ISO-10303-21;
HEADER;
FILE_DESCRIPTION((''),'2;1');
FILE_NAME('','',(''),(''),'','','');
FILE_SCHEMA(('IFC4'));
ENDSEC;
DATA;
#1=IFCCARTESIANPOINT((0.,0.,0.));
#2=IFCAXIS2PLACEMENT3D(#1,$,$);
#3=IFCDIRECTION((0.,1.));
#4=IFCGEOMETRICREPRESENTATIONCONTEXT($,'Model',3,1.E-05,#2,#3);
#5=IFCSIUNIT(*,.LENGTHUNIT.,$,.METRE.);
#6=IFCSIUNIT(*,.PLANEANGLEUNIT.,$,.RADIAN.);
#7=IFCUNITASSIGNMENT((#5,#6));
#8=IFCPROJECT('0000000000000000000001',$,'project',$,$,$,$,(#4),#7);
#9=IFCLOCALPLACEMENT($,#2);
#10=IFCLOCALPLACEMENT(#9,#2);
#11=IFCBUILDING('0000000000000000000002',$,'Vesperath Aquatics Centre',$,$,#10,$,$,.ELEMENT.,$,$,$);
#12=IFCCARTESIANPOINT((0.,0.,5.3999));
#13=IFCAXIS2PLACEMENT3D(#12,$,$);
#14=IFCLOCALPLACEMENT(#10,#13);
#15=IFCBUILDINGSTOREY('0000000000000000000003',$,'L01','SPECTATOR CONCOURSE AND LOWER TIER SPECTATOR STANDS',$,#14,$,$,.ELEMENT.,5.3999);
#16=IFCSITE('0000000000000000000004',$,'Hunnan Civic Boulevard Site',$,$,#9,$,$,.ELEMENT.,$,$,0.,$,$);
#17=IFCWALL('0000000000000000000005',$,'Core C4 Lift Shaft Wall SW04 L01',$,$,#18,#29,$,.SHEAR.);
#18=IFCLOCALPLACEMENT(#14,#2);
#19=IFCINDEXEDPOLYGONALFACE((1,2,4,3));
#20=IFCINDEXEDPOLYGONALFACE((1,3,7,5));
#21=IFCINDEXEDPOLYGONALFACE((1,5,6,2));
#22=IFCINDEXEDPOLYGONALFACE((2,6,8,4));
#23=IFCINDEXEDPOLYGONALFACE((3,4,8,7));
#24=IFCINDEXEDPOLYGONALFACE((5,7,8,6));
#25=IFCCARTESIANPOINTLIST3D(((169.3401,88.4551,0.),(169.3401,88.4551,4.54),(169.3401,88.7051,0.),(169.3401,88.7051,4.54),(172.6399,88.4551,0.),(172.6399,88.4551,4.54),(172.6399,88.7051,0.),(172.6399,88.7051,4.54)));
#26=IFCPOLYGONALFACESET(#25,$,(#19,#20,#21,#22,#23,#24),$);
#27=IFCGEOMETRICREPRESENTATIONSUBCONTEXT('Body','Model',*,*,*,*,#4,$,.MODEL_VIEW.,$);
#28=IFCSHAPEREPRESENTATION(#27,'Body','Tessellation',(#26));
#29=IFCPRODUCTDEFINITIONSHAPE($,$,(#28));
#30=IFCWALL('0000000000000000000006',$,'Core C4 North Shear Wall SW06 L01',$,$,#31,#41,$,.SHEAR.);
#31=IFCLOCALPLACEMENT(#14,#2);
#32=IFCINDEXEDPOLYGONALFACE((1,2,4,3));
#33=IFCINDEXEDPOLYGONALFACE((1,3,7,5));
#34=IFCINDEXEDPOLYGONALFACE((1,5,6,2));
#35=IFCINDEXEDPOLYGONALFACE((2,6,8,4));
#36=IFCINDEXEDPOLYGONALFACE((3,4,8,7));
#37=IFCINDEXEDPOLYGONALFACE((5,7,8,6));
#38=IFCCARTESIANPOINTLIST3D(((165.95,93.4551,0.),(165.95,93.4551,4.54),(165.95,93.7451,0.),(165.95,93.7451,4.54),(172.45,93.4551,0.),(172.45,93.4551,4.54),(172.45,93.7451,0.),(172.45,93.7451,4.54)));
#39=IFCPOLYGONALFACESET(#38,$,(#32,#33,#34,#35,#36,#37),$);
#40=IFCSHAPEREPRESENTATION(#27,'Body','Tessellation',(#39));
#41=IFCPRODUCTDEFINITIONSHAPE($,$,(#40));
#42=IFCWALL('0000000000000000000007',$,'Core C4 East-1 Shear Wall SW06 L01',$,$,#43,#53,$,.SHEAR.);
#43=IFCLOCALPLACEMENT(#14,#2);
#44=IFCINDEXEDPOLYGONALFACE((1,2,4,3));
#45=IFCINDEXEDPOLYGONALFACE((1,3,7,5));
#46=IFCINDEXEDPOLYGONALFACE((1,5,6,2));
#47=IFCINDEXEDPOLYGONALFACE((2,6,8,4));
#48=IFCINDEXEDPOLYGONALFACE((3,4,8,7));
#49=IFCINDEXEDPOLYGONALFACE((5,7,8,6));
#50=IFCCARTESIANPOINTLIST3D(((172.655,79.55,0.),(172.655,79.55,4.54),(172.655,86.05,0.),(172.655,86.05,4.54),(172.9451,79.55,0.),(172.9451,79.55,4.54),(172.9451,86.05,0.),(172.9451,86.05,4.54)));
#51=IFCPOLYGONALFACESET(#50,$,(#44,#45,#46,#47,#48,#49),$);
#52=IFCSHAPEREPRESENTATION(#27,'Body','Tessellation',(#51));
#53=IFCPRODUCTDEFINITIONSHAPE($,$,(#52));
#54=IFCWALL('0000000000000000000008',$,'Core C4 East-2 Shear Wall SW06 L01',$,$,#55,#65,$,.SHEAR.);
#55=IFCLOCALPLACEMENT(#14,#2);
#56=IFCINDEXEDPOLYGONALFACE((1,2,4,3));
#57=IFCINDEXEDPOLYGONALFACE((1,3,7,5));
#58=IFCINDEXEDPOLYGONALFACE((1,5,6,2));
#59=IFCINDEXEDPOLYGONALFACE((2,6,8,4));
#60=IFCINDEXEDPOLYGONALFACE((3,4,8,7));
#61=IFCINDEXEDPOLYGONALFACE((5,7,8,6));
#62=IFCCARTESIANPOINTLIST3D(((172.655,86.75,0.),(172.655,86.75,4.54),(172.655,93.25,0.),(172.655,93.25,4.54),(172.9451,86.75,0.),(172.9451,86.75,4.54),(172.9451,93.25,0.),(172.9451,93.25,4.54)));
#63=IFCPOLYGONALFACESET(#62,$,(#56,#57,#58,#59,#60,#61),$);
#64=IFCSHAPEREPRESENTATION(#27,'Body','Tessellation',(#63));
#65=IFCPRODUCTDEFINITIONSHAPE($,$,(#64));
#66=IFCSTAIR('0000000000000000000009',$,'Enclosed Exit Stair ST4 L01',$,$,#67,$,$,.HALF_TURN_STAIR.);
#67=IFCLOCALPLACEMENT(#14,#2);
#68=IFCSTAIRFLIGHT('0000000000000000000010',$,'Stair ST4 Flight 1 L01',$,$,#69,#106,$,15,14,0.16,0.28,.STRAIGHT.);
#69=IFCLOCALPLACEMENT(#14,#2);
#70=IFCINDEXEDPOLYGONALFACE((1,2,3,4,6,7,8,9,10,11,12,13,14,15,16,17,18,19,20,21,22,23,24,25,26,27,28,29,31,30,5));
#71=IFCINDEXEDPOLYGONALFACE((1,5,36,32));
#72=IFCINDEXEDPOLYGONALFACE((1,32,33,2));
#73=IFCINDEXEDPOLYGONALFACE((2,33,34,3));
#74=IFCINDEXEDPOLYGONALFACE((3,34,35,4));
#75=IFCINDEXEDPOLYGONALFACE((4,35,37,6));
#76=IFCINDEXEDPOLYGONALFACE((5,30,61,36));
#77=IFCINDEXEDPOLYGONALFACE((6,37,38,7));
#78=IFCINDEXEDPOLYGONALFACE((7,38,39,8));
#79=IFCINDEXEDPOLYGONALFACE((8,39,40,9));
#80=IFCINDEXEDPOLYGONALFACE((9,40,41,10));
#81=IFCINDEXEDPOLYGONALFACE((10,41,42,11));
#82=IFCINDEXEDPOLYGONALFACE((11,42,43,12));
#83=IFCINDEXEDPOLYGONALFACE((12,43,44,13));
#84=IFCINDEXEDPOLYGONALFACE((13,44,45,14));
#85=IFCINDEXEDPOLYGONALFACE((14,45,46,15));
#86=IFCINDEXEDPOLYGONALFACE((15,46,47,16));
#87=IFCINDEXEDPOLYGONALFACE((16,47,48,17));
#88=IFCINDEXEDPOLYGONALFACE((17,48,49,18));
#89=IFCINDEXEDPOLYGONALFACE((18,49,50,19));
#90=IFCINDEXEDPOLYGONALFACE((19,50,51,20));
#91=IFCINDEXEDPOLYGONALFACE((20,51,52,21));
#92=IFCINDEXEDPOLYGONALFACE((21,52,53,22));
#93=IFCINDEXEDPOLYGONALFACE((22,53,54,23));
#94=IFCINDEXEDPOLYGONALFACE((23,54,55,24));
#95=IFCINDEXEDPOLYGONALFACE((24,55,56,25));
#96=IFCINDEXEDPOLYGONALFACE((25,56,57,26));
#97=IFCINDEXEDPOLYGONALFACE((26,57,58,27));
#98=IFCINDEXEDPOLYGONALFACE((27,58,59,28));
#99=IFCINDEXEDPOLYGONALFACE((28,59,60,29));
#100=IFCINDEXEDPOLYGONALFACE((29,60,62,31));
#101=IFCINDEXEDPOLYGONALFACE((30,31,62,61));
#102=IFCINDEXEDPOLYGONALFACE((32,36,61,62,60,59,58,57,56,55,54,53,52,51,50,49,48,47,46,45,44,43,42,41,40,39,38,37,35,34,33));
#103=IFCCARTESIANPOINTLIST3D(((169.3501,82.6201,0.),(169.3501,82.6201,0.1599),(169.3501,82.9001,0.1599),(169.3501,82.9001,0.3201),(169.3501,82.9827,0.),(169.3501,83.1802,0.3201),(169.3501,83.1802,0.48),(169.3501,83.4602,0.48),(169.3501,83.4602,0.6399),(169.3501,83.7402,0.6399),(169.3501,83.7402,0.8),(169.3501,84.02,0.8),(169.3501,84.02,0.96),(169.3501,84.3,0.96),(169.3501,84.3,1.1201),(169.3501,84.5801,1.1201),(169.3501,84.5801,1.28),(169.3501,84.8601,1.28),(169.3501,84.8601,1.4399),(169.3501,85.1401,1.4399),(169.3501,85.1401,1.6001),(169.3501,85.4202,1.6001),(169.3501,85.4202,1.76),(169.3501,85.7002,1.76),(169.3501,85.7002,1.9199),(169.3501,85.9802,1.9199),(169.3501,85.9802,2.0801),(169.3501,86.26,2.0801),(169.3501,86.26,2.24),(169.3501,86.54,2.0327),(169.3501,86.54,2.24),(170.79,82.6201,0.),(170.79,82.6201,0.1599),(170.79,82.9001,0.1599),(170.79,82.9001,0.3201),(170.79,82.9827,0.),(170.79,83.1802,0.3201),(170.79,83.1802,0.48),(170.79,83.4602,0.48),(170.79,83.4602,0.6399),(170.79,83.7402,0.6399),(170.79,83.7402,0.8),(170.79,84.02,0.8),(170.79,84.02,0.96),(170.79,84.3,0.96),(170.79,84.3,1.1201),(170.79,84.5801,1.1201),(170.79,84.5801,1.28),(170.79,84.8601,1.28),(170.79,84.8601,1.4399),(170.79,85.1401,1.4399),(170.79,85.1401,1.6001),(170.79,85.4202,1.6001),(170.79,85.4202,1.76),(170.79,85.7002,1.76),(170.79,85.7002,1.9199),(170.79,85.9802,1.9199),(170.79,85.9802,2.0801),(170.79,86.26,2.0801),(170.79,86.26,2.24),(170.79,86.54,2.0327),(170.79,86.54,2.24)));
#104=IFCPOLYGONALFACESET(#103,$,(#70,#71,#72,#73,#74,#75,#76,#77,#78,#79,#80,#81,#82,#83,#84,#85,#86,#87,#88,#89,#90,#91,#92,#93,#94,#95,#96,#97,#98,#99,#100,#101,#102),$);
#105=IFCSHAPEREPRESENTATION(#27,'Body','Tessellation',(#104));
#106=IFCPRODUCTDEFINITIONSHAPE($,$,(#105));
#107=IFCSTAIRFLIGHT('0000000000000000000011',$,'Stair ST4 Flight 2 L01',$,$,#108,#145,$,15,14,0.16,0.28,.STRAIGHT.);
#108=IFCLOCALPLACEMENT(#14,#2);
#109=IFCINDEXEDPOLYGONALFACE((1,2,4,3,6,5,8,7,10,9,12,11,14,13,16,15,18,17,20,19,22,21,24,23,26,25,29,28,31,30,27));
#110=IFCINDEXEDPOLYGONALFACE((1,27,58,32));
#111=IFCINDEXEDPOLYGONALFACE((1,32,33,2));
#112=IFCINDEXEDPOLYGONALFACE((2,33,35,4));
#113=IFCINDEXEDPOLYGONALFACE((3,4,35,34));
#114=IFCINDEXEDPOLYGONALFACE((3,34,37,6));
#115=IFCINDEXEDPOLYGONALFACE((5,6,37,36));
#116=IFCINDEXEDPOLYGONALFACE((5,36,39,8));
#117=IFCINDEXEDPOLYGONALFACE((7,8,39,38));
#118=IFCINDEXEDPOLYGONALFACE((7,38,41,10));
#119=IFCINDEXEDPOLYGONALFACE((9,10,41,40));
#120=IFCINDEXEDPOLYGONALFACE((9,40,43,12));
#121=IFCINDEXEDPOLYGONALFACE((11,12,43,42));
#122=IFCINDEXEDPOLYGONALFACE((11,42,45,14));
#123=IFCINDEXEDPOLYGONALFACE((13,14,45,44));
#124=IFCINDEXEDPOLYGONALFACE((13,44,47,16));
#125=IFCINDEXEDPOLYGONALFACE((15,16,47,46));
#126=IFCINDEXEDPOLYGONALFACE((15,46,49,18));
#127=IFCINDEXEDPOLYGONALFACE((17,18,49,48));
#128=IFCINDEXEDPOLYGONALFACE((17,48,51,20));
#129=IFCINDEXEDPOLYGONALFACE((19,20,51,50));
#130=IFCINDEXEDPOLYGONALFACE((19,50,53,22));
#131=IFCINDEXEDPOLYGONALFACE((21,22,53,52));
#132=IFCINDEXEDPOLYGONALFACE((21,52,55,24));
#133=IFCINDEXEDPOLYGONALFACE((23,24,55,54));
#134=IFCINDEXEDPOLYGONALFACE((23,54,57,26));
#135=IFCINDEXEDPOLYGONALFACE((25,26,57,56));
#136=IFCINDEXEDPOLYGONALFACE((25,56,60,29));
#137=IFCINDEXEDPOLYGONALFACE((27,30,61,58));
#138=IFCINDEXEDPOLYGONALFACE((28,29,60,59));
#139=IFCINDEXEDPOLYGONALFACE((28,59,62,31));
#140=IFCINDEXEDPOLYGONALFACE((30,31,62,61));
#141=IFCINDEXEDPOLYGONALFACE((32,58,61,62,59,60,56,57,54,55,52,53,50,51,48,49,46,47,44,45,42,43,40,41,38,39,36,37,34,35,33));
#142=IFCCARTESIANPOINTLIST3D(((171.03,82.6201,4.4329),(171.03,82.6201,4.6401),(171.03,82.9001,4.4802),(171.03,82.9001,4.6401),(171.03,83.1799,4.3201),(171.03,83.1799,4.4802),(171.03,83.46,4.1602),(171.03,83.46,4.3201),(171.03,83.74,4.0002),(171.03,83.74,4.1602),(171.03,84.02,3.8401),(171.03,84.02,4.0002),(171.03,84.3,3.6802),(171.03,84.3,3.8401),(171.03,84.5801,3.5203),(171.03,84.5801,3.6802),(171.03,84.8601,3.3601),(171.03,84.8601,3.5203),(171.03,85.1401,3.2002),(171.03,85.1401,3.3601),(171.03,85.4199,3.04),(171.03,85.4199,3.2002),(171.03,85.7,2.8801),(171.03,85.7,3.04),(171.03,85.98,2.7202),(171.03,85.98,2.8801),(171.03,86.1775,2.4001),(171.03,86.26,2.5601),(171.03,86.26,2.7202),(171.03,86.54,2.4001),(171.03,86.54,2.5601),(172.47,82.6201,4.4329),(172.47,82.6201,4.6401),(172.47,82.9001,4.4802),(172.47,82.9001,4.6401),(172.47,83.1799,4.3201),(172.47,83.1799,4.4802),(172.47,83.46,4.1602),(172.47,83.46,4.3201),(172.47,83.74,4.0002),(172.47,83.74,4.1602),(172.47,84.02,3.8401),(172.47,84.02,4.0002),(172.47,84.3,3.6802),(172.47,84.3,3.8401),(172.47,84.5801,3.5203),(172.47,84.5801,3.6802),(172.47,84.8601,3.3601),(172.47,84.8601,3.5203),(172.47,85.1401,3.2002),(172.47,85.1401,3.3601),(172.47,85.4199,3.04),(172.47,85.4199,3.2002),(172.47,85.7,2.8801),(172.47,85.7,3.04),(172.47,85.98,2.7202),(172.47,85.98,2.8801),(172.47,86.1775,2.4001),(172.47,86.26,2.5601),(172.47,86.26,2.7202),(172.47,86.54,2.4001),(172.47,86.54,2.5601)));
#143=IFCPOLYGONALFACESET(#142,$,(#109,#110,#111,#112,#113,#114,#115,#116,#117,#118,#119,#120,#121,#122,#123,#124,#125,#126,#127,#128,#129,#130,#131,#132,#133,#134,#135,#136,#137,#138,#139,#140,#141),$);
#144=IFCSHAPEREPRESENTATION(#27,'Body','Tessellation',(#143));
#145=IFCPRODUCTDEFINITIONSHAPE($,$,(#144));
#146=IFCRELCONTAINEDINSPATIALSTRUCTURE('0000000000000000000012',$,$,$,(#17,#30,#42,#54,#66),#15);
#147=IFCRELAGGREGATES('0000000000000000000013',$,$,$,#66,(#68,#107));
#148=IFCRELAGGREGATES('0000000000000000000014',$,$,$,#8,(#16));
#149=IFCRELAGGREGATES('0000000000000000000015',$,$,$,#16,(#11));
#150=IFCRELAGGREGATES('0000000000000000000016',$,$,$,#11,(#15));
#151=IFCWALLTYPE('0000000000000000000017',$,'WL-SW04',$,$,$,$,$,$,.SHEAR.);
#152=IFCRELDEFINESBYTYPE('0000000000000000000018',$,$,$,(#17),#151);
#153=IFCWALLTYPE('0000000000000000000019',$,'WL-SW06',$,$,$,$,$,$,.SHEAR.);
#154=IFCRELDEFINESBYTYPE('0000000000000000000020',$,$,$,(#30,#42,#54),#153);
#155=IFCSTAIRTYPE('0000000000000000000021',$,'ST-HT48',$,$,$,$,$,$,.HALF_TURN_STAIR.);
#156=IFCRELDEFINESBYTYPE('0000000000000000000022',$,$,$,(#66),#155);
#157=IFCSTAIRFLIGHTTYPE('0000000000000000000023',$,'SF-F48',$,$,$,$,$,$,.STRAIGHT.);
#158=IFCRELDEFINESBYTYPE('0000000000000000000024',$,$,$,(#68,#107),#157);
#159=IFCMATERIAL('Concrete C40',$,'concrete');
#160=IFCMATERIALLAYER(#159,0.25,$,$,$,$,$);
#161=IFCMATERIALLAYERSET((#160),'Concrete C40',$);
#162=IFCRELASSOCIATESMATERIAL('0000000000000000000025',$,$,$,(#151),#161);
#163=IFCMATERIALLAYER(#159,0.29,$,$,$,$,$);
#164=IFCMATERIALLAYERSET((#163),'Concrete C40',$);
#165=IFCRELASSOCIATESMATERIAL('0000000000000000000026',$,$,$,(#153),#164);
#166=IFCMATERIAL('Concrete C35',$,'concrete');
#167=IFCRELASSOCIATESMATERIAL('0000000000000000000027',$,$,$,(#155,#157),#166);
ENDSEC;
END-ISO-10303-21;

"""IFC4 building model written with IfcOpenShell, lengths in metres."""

from ifc_helpers import new_model, si_unit, direction, frame, frame_2d, origin, place, context, subcontext, project, spatial, polyline, rectangle, outline, extrude, material, layer, layer_set, type_object, element, aggregate, save


model = new_model("IFC4")

# Units and contexts
model_context = context("Model", 3, precision=1e-05, world=origin(), true_north=direction((0.0, 1.0)))
body_context = subcontext(model_context, "Body", "Model", "MODEL_VIEW")
ifc_project = project(units=[si_unit("LENGTHUNIT", "METRE"), si_unit("PLANEANGLEUNIT", "RADIAN")], contexts=[model_context])

# Site, building, storey
site_placement = place(None, origin())
site = spatial("IfcSite", under=ifc_project, at=site_placement, Name="Hunnan Civic Boulevard Site", CompositionType="ELEMENT", RefElevation=0.0)
building_placement = place(site_placement, origin())
building = spatial("IfcBuilding", under=site, at=building_placement, Name="Vesperath Aquatics Centre", CompositionType="ELEMENT")
storey_placement = place(building_placement, frame((0.0, 0.0, 5.3999)))
storey = spatial("IfcBuildingStorey", under=building, at=storey_placement, Name="L01", Description="SPECTATOR CONCOURSE AND LOWER TIER SPECTATOR STANDS", CompositionType="ELEMENT", Elevation=5.3999)

# Shared definitions
ifc_material_1 = material(Name="Concrete C40", Category="concrete")

# Shared definitions
ifc_material_2 = material(Name="Concrete C35", Category="concrete")

# Walls
ifc_layer_1 = layer(ifc_material_1, 0.25)
ifc_layer_set_1 = layer_set([ifc_layer_1], Name="Concrete C40")
wall_type_1 = type_object("IfcWallType", Name="WL-SW04", PredefinedType="SHEAR", material=ifc_layer_set_1)
wall_1_placement = place(storey_placement, frame((169.3401, 88.5801, 0.0), z_axis=(0.0, 0.0, 1.0), x_axis=(1.0, 0.0, 0.0)))
element("IfcWall", 1, at=wall_1_placement, inside=storey, type_object=wall_type_1, Name="Core C4 Lift Shaft Wall SW04 L01", PredefinedType="SHEAR", context=body_context, shape_type="SweptSolid", body=[
    extrude(rectangle(XDim=3.2998, YDim=0.25, at=frame_2d((1.6499, 0.0))), origin(), (0.0, 0.0, 1.0), 4.54),
])
ifc_layer_2 = layer(ifc_material_1, 0.29)
ifc_layer_set_2 = layer_set([ifc_layer_2], Name="Concrete C40")
wall_type_2 = type_object("IfcWallType", Name="WL-SW06", PredefinedType="SHEAR", material=ifc_layer_set_2)
for number, where, z_axis, x_axis, name in (
    (2, (165.95, 93.6001, 0.0), (0.0, 0.0, 1.0), (1.0, 0.0, 0.0), "Core C4 North Shear Wall SW06 L01"),
    (3, (172.8, 79.55, 0.0), (0.0, 0.0, 1.0), (0.0, 1.0, 0.0), "Core C4 East-1 Shear Wall SW06 L01"),
    (4, (172.8, 86.75, 0.0), (0.0, 0.0, 1.0), (0.0, 1.0, 0.0), "Core C4 East-2 Shear Wall SW06 L01"),
):
    element("IfcWall", number, at=place(storey_placement, frame(where, z_axis=z_axis, x_axis=x_axis)), inside=storey, type_object=wall_type_2, Name=name, PredefinedType="SHEAR", context=body_context, shape_type="SweptSolid", body=[
        extrude(rectangle(XDim=6.5, YDim=0.29, at=frame_2d((3.25, 0.0))), origin(), (0.0, 0.0, 1.0), 4.54),
    ])

# Stair, stair flights
stair_type = type_object("IfcStairType", Name="ST-HT48", PredefinedType="HALF_TURN_STAIR", material=ifc_material_2)
stair_placement = place(storey_placement, origin())
stair = element("IfcStair", 5, at=stair_placement, inside=storey, type_object=stair_type, Name="Enclosed Exit Stair ST4 L01", PredefinedType="HALF_TURN_STAIR")
stair_flight_type = type_object("IfcStairFlightType", Name="SF-F48", PredefinedType="STRAIGHT", material=ifc_material_2)
stair_flight_1_placement = place(storey_placement, frame((170.0701, 82.6201, 0.0), z_axis=(0.0, 0.0, 1.0), x_axis=(0.0, 1.0, 0.0)))
stair_flight_1 = element("IfcStairFlight", 6, at=stair_flight_1_placement, type_object=stair_flight_type, Name="Stair ST4 Flight 1 L01", NumberOfRisers=15, NumberOfTreads=14, PredefinedType="STRAIGHT", RiserHeight=0.16, TreadLength=0.28, context=body_context, shape_type="SweptSolid", body=[
    extrude(outline(polyline([(0.0, 0.0), (0.0, 0.1599), (0.28, 0.1599), (0.28, 0.3201), (0.5601, 0.3201), (0.5601, 0.48), (0.8401, 0.48), (0.8401, 0.6399), (1.1201, 0.6399), (1.1201, 0.8), (1.3999, 0.8), (1.3999, 0.96), (1.6799, 0.96), (1.6799, 1.1201), (1.96, 1.1201), (1.96, 1.28), (2.24, 1.28), (2.24, 1.4399), (2.52, 1.4399), (2.52, 1.6001), (2.8, 1.6001), (2.8, 1.76), (3.0801, 1.76), (3.0801, 1.9199), (3.3601, 1.9199), (3.3601, 2.0801), (3.6399, 2.0801), (3.6399, 2.24), (3.9199, 2.24), (3.9199, 2.3999), (3.9199, 2.0327), (0.3625, 0.0), (0.0, 0.0)])), frame((0.0, 0.72, 0.0), z_axis=(0.0, -1.0, 0.0), x_axis=(1.0, 0.0, 0.0)), (0.0, 0.0, 1.0), 1.4399),
])
stair_flight_2_placement = place(storey_placement, frame((171.75, 86.54, 2.4001), z_axis=(0.0, 0.0, 1.0), x_axis=(0.0, -1.0, 0.0)))
stair_flight_2 = element("IfcStairFlight", 7, at=stair_flight_2_placement, type_object=stair_flight_type, Name="Stair ST4 Flight 2 L01", NumberOfRisers=15, NumberOfTreads=14, PredefinedType="STRAIGHT", RiserHeight=0.16, TreadLength=0.28, context=body_context, shape_type="SweptSolid", body=[
    extrude(outline(polyline([(0.0, 0.0), (0.0, 0.1599), (0.28, 0.1599), (0.28, 0.3201), (0.5601, 0.3201), (0.5601, 0.48), (0.8401, 0.48), (0.8401, 0.6399), (1.1201, 0.6399), (1.1201, 0.8), (1.3999, 0.8), (1.3999, 0.96), (1.6799, 0.96), (1.6799, 1.1201), (1.96, 1.1201), (1.96, 1.28), (2.24, 1.28), (2.24, 1.4399), (2.52, 1.4399), (2.52, 1.6001), (2.8, 1.6001), (2.8, 1.76), (3.0801, 1.76), (3.0801, 1.9199), (3.3601, 1.9199), (3.3601, 2.0801), (3.6399, 2.0801), (3.6399, 2.24), (3.9199, 2.24), (3.9199, 2.3999), (3.9199, 2.0327), (0.3625, 0.0), (0.0, 0.0)])), frame((0.0, 0.72, 0.0), z_axis=(0.0, -1.0, 0.0), x_axis=(1.0, 0.0, 0.0)), (0.0, 0.0, 1.0), 1.4399),
])
aggregate(stair, [stair_flight_1, stair_flight_2])

save(model, "model.ifc")
